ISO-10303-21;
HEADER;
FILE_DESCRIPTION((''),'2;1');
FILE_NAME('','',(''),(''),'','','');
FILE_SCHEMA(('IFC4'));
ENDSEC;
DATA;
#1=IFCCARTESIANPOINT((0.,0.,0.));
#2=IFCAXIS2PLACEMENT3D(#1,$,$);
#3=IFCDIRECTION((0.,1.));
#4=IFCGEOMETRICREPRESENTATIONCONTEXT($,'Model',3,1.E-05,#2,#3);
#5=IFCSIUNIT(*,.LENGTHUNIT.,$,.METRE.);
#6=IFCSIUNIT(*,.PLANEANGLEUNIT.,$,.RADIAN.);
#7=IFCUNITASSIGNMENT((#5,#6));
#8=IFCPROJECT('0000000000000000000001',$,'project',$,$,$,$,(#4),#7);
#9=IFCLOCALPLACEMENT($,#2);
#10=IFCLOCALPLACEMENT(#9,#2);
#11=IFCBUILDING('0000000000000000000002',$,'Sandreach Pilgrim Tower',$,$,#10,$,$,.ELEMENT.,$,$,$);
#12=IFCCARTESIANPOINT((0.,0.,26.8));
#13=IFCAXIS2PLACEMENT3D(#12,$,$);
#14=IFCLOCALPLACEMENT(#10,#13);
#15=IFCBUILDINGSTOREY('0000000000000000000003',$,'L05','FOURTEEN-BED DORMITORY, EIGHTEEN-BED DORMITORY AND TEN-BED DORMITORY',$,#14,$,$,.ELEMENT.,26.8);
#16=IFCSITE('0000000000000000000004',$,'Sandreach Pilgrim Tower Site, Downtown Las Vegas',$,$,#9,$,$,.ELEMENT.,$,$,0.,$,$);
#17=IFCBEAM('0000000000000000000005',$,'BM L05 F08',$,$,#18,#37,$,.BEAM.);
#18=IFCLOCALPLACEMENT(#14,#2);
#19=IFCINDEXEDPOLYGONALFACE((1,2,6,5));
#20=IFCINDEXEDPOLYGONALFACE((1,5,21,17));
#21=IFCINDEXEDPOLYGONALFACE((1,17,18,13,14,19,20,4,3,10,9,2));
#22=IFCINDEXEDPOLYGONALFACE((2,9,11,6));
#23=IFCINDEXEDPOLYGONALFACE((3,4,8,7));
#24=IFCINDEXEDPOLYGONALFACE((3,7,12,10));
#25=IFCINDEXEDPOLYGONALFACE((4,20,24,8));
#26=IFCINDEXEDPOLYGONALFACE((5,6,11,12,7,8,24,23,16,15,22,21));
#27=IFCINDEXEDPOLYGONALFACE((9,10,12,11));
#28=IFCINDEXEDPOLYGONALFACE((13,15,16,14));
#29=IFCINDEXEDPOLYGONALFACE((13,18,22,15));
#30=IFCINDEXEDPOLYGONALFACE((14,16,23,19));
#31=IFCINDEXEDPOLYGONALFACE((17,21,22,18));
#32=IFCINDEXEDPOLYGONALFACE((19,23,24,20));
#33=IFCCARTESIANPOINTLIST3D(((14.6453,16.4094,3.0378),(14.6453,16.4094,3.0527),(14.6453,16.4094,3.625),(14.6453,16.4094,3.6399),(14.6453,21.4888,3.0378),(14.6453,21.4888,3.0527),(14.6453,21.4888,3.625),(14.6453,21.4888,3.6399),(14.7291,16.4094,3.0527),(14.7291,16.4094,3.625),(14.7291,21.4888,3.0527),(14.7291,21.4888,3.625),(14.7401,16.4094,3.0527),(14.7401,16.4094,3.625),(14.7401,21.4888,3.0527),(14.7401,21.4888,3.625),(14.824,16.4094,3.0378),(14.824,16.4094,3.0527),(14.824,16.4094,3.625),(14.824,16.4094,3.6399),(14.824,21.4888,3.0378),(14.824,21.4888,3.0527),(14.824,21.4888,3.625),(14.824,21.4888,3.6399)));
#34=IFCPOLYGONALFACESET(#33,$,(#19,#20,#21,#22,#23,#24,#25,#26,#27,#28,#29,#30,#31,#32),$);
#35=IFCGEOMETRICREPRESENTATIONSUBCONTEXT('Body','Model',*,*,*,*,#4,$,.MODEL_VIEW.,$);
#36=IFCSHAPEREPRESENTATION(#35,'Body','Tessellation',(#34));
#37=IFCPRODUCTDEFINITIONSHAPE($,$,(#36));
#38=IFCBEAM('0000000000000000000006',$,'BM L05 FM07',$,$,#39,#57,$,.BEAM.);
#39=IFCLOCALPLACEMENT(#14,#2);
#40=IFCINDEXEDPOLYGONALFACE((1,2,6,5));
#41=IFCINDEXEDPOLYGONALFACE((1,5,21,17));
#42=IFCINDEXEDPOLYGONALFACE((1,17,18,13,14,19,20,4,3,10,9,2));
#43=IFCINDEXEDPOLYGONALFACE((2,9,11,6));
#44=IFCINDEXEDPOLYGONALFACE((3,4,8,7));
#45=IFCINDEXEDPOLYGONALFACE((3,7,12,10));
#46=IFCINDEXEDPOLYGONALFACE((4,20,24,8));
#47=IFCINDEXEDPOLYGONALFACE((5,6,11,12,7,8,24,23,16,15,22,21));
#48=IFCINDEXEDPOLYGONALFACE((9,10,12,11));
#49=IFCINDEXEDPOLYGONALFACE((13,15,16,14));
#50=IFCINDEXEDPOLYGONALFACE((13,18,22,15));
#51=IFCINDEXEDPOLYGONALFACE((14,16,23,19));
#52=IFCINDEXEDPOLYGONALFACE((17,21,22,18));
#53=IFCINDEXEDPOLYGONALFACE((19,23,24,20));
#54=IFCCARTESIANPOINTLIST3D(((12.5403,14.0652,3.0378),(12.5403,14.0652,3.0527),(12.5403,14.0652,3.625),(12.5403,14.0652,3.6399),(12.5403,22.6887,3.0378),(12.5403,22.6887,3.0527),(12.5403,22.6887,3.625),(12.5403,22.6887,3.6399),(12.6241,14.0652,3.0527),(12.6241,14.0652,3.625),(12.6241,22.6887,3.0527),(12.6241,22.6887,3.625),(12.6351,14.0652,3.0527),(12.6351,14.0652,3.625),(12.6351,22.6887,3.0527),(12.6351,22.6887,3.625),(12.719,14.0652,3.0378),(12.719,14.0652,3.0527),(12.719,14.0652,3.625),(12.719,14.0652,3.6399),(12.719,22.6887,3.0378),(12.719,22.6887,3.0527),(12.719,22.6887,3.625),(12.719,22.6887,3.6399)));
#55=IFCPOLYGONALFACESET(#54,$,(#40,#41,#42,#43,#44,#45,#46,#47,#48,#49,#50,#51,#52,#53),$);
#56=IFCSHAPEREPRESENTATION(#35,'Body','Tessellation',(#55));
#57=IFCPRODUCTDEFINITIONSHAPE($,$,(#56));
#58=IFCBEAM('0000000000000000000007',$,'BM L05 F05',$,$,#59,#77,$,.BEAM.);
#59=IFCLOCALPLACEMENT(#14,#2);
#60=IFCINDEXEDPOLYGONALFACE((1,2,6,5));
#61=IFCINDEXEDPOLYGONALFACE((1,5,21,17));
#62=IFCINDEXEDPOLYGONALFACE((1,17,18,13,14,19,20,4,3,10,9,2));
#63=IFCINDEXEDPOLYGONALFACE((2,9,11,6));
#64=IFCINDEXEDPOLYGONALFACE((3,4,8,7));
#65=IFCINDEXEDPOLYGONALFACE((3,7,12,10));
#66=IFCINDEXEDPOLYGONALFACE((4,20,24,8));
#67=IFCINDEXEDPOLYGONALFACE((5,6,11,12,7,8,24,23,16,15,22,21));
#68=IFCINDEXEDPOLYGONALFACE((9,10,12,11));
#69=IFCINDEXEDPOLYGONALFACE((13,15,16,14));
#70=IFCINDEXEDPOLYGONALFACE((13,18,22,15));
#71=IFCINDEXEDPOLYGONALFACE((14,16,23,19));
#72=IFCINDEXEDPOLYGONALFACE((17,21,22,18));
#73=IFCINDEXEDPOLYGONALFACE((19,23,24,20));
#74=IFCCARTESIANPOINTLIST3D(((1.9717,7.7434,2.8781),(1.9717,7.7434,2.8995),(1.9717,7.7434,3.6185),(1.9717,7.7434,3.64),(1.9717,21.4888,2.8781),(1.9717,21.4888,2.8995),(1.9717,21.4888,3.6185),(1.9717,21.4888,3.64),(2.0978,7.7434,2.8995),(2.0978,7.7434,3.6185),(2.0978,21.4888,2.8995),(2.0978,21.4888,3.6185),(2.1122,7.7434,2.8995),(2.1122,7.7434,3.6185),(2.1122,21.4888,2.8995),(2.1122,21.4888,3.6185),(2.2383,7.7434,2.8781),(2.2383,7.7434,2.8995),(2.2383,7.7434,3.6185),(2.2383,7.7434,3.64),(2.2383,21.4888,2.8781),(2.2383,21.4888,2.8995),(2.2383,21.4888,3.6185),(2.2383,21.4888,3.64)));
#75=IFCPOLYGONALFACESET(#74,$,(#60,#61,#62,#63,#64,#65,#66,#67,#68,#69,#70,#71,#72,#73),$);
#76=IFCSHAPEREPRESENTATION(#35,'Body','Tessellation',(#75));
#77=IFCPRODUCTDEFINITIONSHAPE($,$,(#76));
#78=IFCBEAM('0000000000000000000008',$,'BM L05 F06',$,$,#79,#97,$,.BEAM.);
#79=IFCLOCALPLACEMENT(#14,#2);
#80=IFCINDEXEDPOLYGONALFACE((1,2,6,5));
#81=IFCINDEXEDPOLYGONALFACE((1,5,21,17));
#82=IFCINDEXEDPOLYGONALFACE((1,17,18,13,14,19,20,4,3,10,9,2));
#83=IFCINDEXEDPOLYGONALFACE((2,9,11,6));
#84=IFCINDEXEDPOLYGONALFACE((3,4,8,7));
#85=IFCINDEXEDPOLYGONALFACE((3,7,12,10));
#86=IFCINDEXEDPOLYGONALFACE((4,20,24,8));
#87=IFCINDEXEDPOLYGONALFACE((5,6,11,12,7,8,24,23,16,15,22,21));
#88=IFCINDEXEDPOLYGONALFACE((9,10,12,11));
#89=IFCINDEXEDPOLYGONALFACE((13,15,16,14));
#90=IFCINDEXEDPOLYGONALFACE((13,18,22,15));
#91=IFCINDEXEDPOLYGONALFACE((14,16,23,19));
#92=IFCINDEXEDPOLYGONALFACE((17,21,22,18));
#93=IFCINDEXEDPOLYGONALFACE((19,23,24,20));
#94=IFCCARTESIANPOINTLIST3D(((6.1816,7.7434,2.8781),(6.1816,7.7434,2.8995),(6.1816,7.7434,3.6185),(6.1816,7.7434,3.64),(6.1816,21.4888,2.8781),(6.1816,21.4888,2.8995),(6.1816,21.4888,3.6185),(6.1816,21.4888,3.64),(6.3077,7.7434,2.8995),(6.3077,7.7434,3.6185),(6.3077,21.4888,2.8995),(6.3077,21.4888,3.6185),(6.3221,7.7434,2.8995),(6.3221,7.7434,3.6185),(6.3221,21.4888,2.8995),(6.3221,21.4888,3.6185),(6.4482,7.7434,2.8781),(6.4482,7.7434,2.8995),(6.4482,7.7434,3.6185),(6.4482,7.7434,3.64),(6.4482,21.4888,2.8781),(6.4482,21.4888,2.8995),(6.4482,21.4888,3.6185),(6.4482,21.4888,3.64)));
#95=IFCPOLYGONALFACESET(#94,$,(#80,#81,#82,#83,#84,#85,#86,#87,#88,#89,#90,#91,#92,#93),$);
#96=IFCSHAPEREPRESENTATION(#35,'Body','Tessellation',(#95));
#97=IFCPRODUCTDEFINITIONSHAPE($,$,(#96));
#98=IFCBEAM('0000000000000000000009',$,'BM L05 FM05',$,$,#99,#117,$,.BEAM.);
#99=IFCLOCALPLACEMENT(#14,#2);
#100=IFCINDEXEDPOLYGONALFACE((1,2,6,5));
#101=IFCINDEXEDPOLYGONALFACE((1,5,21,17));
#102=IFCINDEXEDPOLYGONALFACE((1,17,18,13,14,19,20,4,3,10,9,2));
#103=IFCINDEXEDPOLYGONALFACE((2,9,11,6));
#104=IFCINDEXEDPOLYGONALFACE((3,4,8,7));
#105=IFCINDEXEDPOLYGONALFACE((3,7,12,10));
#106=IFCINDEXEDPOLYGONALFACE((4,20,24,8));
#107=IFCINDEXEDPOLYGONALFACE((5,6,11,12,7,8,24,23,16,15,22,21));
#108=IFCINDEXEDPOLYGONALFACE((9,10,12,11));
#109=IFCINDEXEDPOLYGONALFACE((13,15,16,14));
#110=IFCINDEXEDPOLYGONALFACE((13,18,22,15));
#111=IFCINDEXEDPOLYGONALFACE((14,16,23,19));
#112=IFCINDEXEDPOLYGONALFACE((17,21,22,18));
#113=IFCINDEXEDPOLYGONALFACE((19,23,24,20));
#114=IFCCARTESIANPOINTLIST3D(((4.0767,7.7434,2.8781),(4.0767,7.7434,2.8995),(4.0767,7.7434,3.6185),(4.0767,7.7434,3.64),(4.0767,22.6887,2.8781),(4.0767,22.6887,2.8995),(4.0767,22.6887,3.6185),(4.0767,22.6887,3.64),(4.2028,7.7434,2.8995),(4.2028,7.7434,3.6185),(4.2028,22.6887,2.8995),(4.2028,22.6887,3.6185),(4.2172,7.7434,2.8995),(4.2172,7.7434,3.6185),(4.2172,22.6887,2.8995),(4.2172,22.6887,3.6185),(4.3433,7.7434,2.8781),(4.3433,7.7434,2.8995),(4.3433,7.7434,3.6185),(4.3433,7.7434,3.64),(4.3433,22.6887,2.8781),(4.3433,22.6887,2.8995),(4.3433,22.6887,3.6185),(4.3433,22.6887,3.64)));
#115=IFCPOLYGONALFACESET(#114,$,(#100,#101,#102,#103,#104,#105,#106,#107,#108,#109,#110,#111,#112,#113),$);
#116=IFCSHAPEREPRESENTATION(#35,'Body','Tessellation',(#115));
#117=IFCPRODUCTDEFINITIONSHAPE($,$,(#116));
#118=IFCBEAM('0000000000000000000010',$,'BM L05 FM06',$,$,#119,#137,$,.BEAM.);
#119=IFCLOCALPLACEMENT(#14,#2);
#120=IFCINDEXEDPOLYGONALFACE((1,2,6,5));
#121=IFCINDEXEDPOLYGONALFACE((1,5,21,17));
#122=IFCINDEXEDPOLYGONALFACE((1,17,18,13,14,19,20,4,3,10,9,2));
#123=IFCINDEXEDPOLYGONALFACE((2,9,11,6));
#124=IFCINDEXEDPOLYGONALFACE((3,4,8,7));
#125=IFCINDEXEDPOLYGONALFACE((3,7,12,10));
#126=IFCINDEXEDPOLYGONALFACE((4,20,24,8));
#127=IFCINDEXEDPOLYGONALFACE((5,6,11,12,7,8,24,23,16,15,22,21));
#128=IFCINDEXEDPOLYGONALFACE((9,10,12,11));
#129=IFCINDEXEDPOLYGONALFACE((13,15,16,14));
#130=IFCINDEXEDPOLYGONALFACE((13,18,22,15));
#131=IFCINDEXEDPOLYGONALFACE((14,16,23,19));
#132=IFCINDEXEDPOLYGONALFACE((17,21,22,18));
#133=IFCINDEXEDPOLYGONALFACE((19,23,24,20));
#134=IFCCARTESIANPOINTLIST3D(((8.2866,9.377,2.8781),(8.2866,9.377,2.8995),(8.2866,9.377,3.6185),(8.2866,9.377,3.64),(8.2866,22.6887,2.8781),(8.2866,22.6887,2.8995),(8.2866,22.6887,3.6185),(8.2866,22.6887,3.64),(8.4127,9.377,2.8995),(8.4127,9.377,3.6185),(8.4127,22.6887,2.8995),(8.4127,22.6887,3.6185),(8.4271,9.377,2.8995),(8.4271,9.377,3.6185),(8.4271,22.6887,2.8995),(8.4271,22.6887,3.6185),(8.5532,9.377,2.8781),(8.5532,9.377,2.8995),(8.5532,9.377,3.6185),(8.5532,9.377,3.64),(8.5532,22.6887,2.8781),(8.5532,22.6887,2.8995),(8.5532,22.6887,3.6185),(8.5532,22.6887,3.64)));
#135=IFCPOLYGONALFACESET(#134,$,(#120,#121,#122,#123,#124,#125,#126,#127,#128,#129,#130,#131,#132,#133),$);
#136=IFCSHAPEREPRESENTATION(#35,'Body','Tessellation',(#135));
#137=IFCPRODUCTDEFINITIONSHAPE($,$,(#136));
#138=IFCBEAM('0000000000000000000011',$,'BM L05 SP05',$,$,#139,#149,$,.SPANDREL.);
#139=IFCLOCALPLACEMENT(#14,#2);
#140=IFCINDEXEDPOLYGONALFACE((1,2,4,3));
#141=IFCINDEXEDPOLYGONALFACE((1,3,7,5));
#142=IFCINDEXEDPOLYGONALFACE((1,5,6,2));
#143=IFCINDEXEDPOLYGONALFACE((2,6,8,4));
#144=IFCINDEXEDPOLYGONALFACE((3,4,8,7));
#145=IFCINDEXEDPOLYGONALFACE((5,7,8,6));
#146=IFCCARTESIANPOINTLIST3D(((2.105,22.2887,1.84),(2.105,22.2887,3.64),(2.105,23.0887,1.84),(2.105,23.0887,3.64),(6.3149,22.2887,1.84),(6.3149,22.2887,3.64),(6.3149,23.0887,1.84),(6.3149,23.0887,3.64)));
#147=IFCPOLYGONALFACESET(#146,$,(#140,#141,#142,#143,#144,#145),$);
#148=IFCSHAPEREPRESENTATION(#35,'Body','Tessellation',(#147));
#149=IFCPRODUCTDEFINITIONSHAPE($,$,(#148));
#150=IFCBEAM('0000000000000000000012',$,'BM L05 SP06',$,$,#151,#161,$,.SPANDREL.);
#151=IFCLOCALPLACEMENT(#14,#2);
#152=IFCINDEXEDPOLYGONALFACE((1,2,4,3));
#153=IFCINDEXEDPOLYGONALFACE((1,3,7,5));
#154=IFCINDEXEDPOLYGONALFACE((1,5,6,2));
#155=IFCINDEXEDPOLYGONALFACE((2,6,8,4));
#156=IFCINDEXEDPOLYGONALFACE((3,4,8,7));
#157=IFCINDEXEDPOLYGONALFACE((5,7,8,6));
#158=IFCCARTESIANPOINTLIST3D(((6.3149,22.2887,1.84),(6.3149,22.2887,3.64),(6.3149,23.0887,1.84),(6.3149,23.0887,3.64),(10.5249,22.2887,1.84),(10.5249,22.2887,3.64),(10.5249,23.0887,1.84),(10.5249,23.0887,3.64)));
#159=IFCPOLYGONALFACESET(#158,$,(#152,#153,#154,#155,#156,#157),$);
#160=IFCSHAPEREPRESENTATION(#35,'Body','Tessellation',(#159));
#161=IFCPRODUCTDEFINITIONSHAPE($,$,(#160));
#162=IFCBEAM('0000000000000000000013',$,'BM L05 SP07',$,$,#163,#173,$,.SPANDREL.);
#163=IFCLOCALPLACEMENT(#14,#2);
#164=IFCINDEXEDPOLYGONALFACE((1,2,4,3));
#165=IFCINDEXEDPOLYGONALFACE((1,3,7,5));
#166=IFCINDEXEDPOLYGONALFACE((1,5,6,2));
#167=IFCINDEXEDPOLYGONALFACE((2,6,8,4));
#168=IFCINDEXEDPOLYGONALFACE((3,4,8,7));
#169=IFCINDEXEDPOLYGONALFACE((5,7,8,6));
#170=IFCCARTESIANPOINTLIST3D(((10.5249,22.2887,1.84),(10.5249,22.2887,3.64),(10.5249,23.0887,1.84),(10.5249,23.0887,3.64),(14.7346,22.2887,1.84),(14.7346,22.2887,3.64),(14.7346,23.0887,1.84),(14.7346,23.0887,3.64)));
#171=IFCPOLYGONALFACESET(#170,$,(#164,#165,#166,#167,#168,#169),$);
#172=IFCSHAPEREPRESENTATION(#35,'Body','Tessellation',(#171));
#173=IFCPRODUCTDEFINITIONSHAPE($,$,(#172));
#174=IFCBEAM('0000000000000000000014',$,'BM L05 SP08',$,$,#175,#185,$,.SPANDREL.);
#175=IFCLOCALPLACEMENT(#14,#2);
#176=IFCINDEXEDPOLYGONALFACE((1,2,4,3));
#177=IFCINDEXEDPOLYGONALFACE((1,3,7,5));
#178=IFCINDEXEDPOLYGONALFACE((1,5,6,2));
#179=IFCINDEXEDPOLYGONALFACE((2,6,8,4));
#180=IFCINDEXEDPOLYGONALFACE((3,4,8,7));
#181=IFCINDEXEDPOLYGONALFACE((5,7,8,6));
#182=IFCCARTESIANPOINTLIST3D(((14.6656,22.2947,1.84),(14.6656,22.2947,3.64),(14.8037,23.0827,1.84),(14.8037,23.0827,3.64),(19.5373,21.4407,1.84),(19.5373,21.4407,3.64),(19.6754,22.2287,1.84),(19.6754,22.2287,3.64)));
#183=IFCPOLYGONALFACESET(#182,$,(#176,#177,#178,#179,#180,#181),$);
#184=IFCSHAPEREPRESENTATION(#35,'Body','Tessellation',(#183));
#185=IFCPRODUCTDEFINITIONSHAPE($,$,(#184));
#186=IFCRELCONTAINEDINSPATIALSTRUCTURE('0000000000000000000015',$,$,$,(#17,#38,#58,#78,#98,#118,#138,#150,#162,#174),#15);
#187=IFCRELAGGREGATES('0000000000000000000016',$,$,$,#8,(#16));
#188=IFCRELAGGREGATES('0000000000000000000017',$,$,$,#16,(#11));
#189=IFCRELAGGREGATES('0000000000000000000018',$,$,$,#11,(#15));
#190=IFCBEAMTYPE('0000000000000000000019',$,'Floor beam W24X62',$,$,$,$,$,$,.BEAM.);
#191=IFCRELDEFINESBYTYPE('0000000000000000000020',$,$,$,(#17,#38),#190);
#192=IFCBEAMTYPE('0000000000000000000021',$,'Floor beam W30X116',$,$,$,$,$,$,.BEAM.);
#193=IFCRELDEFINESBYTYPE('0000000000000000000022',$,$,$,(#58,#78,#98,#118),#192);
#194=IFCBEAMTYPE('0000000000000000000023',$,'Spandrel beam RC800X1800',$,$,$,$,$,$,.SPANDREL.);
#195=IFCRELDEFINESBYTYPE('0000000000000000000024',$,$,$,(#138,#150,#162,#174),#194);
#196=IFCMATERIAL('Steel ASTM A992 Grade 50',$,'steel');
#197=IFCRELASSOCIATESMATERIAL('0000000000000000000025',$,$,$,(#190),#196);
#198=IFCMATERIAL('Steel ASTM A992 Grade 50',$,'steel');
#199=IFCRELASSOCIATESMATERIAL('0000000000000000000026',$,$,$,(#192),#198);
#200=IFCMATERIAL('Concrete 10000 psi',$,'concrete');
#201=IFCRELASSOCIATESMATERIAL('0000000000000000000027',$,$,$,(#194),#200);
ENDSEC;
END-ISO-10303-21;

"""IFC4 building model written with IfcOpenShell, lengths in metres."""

from ifc_helpers import new_model, si_unit, direction, frame, origin, origin_2d, place, context, subcontext, project, spatial, rectangle, i_section, extrude, material, material_profile, profile_set, type_object, element, save


model = new_model("IFC4")

# Units and contexts
model_context = context("Model", 3, precision=1e-05, world=origin(), true_north=direction((0.0, 1.0)))
body_context = subcontext(model_context, "Body", "Model", "MODEL_VIEW")
ifc_project = project(units=[si_unit("LENGTHUNIT", "METRE"), si_unit("PLANEANGLEUNIT", "RADIAN")], contexts=[model_context])

# Site, building, storey
site_placement = place(None, origin())
site = spatial("IfcSite", under=ifc_project, at=site_placement, Name="Sandreach Pilgrim Tower Site, Downtown Las Vegas", CompositionType="ELEMENT", RefElevation=0.0)
building_placement = place(site_placement, origin())
building = spatial("IfcBuilding", under=site, at=building_placement, Name="Sandreach Pilgrim Tower", CompositionType="ELEMENT")
storey_placement = place(building_placement, frame((0.0, 0.0, 26.8)))
storey = spatial("IfcBuildingStorey", under=building, at=storey_placement, Name="L05", Description="FOURTEEN-BED DORMITORY, EIGHTEEN-BED DORMITORY AND TEN-BED DORMITORY", CompositionType="ELEMENT", Elevation=26.8)

# Beams
ifc_material_1 = material(Name="Steel ASTM A992 Grade 50", Category="steel")
ifc_material_profile_1 = material_profile(ifc_material_1, i_section(OverallWidth=0.1787, OverallDepth=0.6021, WebThickness=0.011, FlangeThickness=0.0149, at=origin_2d()), Name="W24X62")
ifc_profile_set_1 = profile_set([ifc_material_profile_1], Name="Steel ASTM A992 Grade 50")
beam_type_1 = type_object("IfcBeamType", Name="Floor beam W24X62", PredefinedType="BEAM", material=ifc_profile_set_1)
beam_1_placement = place(storey_placement, frame((14.7346, 21.4888, 3.3389), z_axis=(0.0, -1.0, 0.0), x_axis=(1.0, 0.0, 0.0)))
element("IfcBeam", 1, at=beam_1_placement, inside=storey, type_object=beam_type_1, Name="BM L05 F08", PredefinedType="BEAM", context=body_context, shape_type="SweptSolid", body=[
    extrude(i_section(OverallWidth=0.1787, OverallDepth=0.6021, WebThickness=0.011, FlangeThickness=0.0149, at=origin_2d()), origin(), (0.0, 0.0, 1.0), 5.0793),
])
beam_2_placement = place(storey_placement, frame((12.6296, 22.6887, 3.3389), z_axis=(0.0, -1.0, 0.0), x_axis=(1.0, 0.0, 0.0)))
element("IfcBeam", 2, at=beam_2_placement, inside=storey, type_object=beam_type_1, Name="BM L05 FM07", PredefinedType="BEAM", context=body_context, shape_type="SweptSolid", body=[
    extrude(i_section(OverallWidth=0.1787, OverallDepth=0.6021, WebThickness=0.011, FlangeThickness=0.0149, at=origin_2d()), origin(), (0.0, 0.0, 1.0), 8.6235),
])
ifc_material_2 = material(Name="Steel ASTM A992 Grade 50", Category="steel")
ifc_material_profile_2 = material_profile(ifc_material_2, i_section(OverallWidth=0.2666, OverallDepth=0.762, WebThickness=0.0144, FlangeThickness=0.0215, at=origin_2d()), Name="W30X116")
ifc_profile_set_2 = profile_set([ifc_material_profile_2], Name="Steel ASTM A992 Grade 50")
beam_type_2 = type_object("IfcBeamType", Name="Floor beam W30X116", PredefinedType="BEAM", material=ifc_profile_set_2)
for number, where, z_axis, x_axis, name in (
    (3, (2.105, 21.4888, 3.259), (0.0, -1.0, 0.0), (1.0, 0.0, 0.0), "BM L05 F05"),
    (4, (6.3149, 21.4888, 3.259), (0.0, -1.0, 0.0), (1.0, 0.0, 0.0), "BM L05 F06"),
):
    element("IfcBeam", number, at=place(storey_placement, frame(where, z_axis=z_axis, x_axis=x_axis)), inside=storey, type_object=beam_type_2, Name=name, PredefinedType="BEAM", context=body_context, shape_type="SweptSolid", body=[
        extrude(i_section(OverallWidth=0.2666, OverallDepth=0.762, WebThickness=0.0144, FlangeThickness=0.0215, at=origin_2d()), origin(), (0.0, 0.0, 1.0), 13.7454),
    ])
beam_3_placement = place(storey_placement, frame((4.21, 22.6887, 3.259), z_axis=(0.0, -1.0, 0.0), x_axis=(1.0, 0.0, 0.0)))
element("IfcBeam", 5, at=beam_3_placement, inside=storey, type_object=beam_type_2, Name="BM L05 FM05", PredefinedType="BEAM", context=body_context, shape_type="SweptSolid", body=[
    extrude(i_section(OverallWidth=0.2666, OverallDepth=0.762, WebThickness=0.0144, FlangeThickness=0.0215, at=origin_2d()), origin(), (0.0, 0.0, 1.0), 14.9453),
])
beam_4_placement = place(storey_placement, frame((8.4199, 22.6887, 3.259), z_axis=(0.0, -1.0, 0.0), x_axis=(1.0, 0.0, 0.0)))
element("IfcBeam", 6, at=beam_4_placement, inside=storey, type_object=beam_type_2, Name="BM L05 FM06", PredefinedType="BEAM", context=body_context, shape_type="SweptSolid", body=[
    extrude(i_section(OverallWidth=0.2666, OverallDepth=0.762, WebThickness=0.0144, FlangeThickness=0.0215, at=origin_2d()), origin(), (0.0, 0.0, 1.0), 13.3118),
])
ifc_material_3 = material(Name="Concrete 10000 psi", Category="concrete")
ifc_material_profile_3 = material_profile(ifc_material_3, rectangle(XDim=0.8, YDim=1.8, at=origin_2d()), Name="RC800X1800")
ifc_profile_set_3 = profile_set([ifc_material_profile_3], Name="Concrete 10000 psi")
beam_type_3 = type_object("IfcBeamType", Name="Spandrel beam RC800X1800", PredefinedType="SPANDREL", material=ifc_profile_set_3)
for number, where, z_axis, x_axis, name in (
    (7, (2.105, 22.6887, 2.74), (1.0, 0.0, 0.0), (0.0, 1.0, 0.0), "BM L05 SP05"),
    (8, (6.3149, 22.6887, 2.74), (1.0, 0.0, 0.0), (0.0, 1.0, 0.0), "BM L05 SP06"),
):
    element("IfcBeam", number, at=place(storey_placement, frame(where, z_axis=z_axis, x_axis=x_axis)), inside=storey, type_object=beam_type_3, Name=name, PredefinedType="SPANDREL", context=body_context, shape_type="SweptSolid", body=[
        extrude(rectangle(XDim=0.8, YDim=1.8, at=origin_2d()), origin(), (0.0, 0.0, 1.0), 4.21),
    ])
beam_5_placement = place(storey_placement, frame((10.5249, 22.6887, 2.74), z_axis=(1.0, 0.0, 0.0), x_axis=(0.0, 1.0, 0.0)))
element("IfcBeam", 9, at=beam_5_placement, inside=storey, type_object=beam_type_3, Name="BM L05 SP07", PredefinedType="SPANDREL", context=body_context, shape_type="SweptSolid", body=[
    extrude(rectangle(XDim=0.8, YDim=1.8, at=origin_2d()), origin(), (0.0, 0.0, 1.0), 4.2097),
])
beam_6_placement = place(storey_placement, frame((14.7346, 22.6887, 2.74), z_axis=(0.984981, -0.172662, 0.0), x_axis=(0.172662, 0.984981, 0.0)))
element("IfcBeam", 10, at=beam_6_placement, inside=storey, type_object=beam_type_3, Name="BM L05 SP08", PredefinedType="SPANDREL", context=body_context, shape_type="SweptSolid", body=[
    extrude(rectangle(XDim=0.8, YDim=1.8, at=origin_2d()), origin(), (0.0, 0.0, 1.0), 4.946),
])

save(model, "model.ifc")
